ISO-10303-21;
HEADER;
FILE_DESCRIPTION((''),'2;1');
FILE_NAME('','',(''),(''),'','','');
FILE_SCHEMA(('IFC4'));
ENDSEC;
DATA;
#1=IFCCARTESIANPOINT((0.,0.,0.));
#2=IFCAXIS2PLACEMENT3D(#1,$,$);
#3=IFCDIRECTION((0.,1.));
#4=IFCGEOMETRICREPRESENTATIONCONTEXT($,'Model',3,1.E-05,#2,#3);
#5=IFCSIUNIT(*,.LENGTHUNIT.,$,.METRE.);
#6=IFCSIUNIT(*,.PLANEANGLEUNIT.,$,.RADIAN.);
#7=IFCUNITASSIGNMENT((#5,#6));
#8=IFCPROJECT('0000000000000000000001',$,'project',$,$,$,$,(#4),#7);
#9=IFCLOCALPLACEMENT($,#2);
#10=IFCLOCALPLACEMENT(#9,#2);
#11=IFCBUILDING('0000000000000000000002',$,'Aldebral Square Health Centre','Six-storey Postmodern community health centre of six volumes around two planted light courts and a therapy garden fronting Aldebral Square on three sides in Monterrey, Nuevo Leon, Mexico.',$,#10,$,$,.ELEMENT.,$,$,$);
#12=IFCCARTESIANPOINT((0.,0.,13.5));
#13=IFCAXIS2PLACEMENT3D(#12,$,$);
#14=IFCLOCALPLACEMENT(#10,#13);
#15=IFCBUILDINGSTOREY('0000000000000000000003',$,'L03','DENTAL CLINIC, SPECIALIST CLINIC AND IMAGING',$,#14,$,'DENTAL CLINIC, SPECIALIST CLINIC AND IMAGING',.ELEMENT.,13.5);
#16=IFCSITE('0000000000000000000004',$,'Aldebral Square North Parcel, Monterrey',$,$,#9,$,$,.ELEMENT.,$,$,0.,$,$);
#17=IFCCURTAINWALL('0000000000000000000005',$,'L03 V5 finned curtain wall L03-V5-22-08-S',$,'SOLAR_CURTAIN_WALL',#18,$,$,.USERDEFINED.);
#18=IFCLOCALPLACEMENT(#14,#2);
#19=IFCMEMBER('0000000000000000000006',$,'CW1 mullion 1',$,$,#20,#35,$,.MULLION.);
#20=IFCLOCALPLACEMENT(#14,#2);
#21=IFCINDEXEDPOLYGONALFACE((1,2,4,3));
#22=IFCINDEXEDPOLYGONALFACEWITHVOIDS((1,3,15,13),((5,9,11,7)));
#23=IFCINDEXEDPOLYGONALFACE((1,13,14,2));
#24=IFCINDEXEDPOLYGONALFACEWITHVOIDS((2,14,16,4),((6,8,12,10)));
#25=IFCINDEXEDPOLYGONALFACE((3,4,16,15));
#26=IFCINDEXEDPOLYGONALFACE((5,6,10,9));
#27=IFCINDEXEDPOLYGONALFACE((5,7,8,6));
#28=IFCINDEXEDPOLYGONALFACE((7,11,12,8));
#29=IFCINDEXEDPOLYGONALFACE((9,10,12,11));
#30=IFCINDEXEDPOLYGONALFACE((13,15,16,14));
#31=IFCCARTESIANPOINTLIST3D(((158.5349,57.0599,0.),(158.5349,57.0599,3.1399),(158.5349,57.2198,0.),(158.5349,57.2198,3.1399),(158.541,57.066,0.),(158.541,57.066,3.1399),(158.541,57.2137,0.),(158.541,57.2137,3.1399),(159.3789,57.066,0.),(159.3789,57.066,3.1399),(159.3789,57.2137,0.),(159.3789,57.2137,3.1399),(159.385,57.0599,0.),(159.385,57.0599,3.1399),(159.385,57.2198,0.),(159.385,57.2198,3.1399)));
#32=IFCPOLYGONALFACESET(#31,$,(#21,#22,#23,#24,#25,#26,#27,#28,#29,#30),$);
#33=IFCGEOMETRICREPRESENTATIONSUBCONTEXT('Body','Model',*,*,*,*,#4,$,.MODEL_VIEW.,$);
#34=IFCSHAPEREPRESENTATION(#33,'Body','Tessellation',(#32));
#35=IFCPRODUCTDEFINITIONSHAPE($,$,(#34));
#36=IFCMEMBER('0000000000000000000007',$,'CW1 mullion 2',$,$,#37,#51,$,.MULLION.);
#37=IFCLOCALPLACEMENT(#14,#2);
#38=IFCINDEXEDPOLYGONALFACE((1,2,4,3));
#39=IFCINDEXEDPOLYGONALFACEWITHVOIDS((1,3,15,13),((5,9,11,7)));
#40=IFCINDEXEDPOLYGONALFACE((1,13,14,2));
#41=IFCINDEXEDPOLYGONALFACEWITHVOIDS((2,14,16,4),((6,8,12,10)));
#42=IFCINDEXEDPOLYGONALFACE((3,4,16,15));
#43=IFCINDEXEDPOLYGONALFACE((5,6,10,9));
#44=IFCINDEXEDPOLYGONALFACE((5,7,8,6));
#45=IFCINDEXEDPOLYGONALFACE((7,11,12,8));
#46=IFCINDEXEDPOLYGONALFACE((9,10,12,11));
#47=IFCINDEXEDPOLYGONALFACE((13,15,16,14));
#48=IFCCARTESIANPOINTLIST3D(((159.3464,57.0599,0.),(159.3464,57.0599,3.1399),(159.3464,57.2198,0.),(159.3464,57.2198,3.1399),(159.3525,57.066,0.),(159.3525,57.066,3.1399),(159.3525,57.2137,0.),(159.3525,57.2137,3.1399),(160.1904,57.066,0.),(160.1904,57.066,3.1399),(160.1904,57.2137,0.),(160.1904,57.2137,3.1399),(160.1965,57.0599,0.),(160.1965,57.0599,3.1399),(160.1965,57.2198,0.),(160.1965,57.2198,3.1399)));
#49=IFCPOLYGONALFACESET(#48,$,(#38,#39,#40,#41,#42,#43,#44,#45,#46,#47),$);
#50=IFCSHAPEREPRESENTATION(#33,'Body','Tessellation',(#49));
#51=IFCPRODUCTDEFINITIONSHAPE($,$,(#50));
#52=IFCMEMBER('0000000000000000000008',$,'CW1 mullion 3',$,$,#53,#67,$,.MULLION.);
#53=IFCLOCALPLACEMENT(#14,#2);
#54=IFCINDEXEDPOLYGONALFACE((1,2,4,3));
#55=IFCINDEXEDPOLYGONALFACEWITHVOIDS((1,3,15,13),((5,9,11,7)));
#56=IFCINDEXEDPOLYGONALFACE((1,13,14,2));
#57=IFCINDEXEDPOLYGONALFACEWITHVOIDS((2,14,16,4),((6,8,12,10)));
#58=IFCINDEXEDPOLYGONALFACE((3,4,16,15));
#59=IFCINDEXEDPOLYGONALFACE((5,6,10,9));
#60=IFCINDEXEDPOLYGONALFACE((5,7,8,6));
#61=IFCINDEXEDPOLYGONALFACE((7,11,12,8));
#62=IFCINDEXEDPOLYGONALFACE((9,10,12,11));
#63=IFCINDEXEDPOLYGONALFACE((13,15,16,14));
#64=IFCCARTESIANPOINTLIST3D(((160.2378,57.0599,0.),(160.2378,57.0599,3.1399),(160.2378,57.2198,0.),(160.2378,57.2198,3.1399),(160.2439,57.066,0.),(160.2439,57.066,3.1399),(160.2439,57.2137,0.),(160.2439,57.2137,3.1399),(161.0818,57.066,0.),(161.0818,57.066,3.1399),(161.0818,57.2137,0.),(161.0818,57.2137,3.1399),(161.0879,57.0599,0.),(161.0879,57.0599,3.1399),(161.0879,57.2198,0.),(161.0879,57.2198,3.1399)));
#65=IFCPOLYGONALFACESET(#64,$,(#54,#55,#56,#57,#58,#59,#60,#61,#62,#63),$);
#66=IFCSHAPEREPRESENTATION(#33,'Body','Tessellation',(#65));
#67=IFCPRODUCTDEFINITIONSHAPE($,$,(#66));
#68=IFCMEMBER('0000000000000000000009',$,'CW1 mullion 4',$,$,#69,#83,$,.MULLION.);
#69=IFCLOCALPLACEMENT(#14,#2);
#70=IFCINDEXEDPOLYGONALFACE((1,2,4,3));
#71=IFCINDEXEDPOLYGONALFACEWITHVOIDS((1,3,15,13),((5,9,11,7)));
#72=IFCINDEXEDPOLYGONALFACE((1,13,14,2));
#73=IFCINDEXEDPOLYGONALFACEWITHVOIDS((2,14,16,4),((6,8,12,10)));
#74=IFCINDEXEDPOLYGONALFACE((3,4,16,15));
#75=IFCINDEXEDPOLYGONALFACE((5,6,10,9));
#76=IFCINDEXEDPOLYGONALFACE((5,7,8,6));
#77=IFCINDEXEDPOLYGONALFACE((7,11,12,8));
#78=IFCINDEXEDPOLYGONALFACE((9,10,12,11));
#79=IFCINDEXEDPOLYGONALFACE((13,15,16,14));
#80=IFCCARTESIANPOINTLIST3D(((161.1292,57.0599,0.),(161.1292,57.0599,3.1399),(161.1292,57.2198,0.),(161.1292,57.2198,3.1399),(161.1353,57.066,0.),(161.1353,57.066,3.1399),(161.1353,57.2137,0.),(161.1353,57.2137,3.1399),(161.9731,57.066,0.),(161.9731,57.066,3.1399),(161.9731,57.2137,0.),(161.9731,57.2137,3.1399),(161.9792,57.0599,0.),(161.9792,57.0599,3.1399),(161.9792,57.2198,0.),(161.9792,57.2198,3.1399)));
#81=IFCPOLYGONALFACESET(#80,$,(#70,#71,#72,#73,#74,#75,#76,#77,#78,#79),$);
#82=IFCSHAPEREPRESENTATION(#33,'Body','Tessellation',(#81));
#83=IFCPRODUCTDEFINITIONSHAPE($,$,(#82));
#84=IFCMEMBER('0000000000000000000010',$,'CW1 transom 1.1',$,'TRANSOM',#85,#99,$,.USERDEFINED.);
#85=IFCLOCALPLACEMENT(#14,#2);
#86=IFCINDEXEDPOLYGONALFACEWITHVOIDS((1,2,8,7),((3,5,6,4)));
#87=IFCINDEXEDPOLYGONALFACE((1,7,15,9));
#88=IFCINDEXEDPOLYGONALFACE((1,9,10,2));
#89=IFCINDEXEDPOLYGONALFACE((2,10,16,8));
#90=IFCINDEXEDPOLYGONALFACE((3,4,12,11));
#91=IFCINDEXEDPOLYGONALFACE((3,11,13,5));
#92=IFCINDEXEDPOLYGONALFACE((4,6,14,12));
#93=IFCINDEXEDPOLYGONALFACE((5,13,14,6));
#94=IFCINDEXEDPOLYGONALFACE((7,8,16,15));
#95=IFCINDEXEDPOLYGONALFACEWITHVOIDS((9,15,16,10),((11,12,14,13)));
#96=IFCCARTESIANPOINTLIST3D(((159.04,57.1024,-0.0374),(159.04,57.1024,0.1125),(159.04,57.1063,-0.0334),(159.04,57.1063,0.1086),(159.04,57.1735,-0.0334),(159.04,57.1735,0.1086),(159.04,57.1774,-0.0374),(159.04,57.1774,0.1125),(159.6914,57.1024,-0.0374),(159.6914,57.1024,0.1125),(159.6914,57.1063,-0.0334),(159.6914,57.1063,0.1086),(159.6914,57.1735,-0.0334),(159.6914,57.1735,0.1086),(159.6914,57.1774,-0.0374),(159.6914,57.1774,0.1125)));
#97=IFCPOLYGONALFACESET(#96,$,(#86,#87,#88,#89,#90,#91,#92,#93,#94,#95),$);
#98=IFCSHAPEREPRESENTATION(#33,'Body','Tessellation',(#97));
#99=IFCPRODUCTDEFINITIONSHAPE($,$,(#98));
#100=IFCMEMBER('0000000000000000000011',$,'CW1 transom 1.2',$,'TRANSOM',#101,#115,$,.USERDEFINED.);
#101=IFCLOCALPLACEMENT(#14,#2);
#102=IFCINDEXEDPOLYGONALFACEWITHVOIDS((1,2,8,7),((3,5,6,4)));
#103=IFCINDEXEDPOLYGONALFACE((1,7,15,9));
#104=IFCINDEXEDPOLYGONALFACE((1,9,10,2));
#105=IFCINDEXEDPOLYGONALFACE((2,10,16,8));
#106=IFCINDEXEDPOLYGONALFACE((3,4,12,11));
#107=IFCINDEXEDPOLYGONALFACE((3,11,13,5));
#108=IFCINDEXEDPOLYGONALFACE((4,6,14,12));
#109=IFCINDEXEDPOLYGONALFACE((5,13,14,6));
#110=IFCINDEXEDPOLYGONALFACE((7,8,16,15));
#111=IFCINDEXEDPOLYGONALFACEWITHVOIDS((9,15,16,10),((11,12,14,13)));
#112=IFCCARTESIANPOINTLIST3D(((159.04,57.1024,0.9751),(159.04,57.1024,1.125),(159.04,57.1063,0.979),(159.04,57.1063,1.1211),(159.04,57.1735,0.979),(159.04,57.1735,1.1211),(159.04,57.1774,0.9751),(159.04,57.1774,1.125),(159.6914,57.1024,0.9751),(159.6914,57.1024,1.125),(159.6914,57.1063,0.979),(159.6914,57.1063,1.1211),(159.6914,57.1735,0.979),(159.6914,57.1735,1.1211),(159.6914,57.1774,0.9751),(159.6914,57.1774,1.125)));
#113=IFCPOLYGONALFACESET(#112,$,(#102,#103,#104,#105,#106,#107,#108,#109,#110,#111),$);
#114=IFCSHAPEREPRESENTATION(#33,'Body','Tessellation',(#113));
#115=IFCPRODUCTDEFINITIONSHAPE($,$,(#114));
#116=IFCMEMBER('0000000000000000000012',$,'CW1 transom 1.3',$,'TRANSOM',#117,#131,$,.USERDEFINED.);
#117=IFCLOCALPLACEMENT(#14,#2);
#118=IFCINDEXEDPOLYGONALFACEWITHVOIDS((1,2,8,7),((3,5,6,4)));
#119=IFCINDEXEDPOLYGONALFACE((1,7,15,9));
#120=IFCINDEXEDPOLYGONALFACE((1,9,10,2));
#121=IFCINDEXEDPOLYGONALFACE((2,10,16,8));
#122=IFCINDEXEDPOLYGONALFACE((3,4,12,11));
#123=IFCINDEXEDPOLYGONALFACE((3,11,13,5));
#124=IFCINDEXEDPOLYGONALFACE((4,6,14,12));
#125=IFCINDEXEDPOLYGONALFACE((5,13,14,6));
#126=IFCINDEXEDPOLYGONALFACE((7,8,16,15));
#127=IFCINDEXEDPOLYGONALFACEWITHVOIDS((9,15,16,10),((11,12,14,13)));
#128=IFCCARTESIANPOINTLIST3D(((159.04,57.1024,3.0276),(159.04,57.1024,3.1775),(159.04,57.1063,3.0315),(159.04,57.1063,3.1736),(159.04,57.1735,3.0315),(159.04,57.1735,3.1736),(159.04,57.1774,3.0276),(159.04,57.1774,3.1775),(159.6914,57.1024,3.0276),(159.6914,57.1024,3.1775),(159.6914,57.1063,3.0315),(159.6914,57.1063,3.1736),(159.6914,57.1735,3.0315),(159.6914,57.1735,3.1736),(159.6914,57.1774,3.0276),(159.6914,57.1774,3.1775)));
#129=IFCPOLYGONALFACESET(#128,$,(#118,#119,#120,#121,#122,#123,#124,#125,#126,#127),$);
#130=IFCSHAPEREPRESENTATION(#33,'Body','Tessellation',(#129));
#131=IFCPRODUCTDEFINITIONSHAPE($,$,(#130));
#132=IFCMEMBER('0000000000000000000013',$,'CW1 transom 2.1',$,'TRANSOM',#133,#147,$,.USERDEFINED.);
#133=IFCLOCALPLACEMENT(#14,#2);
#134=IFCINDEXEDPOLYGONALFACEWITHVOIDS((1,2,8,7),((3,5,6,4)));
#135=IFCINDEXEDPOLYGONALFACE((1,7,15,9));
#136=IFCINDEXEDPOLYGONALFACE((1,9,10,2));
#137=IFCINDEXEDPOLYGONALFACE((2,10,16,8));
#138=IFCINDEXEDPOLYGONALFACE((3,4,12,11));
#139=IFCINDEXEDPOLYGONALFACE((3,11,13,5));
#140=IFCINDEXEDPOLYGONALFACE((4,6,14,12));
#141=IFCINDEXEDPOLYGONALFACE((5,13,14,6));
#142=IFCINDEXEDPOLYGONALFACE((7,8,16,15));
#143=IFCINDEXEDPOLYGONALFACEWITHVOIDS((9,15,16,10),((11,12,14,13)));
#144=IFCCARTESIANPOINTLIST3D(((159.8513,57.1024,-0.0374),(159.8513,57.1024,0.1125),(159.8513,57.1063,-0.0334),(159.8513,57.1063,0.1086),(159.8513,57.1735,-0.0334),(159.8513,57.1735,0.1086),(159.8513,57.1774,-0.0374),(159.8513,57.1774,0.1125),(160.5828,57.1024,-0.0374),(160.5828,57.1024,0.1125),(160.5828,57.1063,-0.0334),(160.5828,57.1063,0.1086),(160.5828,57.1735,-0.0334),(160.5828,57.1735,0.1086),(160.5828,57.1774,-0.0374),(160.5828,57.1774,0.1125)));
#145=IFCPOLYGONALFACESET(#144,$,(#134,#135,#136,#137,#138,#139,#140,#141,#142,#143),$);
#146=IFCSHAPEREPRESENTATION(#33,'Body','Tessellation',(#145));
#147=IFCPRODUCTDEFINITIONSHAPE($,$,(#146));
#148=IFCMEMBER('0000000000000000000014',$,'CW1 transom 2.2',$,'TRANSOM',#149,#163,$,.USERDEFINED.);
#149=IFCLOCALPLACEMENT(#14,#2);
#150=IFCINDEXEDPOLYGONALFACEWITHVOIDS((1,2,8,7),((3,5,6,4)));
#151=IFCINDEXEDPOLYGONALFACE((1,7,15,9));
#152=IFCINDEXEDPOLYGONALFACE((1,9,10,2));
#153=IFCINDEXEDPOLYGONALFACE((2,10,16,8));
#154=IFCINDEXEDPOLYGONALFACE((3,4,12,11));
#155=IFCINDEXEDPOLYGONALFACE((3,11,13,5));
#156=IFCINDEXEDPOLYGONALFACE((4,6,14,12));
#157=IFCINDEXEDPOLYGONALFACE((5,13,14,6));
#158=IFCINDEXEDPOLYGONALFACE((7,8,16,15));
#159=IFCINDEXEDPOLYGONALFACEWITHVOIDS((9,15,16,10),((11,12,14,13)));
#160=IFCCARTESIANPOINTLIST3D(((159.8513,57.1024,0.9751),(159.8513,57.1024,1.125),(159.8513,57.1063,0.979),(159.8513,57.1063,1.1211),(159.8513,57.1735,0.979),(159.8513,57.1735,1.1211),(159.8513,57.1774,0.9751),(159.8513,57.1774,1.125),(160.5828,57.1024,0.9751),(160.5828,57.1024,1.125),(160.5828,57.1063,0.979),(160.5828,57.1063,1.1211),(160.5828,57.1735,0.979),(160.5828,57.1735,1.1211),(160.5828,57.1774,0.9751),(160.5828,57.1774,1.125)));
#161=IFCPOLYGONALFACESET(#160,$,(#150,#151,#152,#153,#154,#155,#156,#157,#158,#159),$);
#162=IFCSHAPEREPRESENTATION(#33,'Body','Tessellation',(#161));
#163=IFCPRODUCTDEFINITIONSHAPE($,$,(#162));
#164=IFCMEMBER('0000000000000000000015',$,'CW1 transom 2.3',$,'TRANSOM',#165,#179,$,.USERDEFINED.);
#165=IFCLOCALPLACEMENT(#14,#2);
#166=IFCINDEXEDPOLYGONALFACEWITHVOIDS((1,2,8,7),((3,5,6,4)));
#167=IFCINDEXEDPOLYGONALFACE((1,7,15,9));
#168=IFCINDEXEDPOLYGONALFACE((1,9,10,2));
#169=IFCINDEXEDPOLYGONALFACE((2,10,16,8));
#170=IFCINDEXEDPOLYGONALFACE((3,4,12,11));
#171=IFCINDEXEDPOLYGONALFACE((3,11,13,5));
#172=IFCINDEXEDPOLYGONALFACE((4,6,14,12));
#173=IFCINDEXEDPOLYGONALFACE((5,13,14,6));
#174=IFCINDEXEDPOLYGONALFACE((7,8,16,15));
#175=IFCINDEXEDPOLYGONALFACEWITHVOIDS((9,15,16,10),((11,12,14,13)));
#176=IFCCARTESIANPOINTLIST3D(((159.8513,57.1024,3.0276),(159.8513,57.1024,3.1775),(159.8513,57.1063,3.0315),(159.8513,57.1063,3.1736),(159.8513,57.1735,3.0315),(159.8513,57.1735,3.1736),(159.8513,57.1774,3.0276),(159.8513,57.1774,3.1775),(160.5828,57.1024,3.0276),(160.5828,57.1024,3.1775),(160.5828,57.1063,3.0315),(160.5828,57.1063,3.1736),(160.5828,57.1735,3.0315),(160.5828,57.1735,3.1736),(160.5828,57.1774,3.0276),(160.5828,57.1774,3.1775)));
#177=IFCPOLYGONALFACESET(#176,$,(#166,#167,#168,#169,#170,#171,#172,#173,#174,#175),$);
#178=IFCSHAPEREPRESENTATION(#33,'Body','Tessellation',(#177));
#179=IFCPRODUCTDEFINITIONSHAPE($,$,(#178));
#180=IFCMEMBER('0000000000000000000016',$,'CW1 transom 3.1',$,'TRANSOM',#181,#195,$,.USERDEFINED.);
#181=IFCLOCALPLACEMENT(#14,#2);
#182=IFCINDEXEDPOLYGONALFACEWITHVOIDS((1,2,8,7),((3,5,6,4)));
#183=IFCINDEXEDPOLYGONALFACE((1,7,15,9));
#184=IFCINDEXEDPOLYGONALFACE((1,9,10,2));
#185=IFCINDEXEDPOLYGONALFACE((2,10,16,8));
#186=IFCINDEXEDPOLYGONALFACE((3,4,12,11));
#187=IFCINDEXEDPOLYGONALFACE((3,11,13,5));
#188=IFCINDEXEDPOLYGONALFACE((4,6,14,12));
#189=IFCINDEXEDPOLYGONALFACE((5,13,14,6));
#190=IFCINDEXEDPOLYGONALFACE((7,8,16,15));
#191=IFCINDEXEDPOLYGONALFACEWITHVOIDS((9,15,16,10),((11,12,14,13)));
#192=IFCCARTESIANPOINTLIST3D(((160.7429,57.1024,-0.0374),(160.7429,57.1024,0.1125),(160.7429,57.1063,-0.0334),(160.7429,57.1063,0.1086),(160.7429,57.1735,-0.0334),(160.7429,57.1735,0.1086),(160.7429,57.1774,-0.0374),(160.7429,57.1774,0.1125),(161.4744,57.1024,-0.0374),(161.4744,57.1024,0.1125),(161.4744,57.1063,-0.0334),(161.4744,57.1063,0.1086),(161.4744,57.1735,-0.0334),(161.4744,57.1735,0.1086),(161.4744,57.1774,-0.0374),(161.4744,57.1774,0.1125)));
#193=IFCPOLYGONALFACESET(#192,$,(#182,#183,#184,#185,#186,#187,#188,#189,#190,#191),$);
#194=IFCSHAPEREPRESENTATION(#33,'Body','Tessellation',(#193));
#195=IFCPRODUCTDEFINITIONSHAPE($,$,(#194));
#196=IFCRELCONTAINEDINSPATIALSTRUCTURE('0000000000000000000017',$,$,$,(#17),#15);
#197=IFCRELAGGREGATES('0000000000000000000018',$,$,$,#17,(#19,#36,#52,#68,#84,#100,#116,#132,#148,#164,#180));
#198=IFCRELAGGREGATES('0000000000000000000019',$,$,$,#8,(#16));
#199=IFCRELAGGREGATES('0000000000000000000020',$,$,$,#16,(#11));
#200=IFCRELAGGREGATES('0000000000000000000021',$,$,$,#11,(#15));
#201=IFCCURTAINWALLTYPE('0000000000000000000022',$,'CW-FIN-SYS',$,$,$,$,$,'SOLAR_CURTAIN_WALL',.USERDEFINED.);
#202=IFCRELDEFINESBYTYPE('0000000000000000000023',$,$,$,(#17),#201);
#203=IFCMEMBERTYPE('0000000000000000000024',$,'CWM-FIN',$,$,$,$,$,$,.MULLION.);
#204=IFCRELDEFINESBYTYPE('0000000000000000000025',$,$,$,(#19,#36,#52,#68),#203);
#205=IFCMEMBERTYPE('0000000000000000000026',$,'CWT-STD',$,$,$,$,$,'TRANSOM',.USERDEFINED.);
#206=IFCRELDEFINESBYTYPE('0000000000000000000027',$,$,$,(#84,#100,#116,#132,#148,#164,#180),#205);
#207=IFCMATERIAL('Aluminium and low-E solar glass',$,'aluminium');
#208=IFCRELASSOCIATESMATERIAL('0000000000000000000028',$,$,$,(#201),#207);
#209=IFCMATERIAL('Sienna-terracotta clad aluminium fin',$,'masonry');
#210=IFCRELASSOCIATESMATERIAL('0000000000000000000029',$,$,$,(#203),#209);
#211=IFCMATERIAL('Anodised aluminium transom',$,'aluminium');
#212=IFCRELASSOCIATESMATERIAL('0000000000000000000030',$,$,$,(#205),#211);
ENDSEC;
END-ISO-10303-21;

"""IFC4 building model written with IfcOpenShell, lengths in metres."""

from ifc_helpers import new_model, si_unit, direction, frame, origin, origin_2d, place, context, subcontext, project, spatial, hollow_rectangle, extrude, material, material_profile, profile_set, type_object, element, aggregate, save


model = new_model("IFC4")

# Units and contexts
model_context = context("Model", 3, precision=1e-05, world=origin(), true_north=direction((0.0, 1.0)))
body_context = subcontext(model_context, "Body", "Model", "MODEL_VIEW")
ifc_project = project(units=[si_unit("LENGTHUNIT", "METRE"), si_unit("PLANEANGLEUNIT", "RADIAN")], contexts=[model_context])

# Site, building, storey
site_placement = place(None, origin())
site = spatial("IfcSite", under=ifc_project, at=site_placement, Name="Aldebral Square North Parcel, Monterrey", CompositionType="ELEMENT", RefElevation=0.0)
building_placement = place(site_placement, origin())
building = spatial("IfcBuilding", under=site, at=building_placement, Name="Aldebral Square Health Centre", Description="Six-storey Postmodern community health centre of six volumes around two planted light courts and a therapy garden fronting Aldebral Square on three sides in Monterrey, Nuevo Leon, Mexico.", CompositionType="ELEMENT")
storey_placement = place(building_placement, frame((0.0, 0.0, 13.5)))
storey = spatial("IfcBuildingStorey", under=building, at=storey_placement, Name="L03", Description="DENTAL CLINIC, SPECIALIST CLINIC AND IMAGING", LongName="DENTAL CLINIC, SPECIALIST CLINIC AND IMAGING", CompositionType="ELEMENT", Elevation=13.5)

# Curtain wall, members
ifc_material_1 = material(Name="Aluminium and low-E solar glass", Category="aluminium")
curtain_wall_type = type_object("IfcCurtainWallType", Name="CW-FIN-SYS", ElementType="SOLAR_CURTAIN_WALL", PredefinedType="USERDEFINED", material=ifc_material_1)
curtain_wall_placement = place(storey_placement, origin())
curtain_wall = element("IfcCurtainWall", 1, at=curtain_wall_placement, inside=storey, type_object=curtain_wall_type, Name="L03 V5 finned curtain wall L03-V5-22-08-S", ObjectType="SOLAR_CURTAIN_WALL", PredefinedType="USERDEFINED")
ifc_material_2 = material(Name="Sienna-terracotta clad aluminium fin", Category="masonry")
ifc_material_profile_1 = material_profile(ifc_material_2, hollow_rectangle(XDim=0.1599, YDim=0.8501, WallThickness=0.0061, at=origin_2d()), Name="FIN 160x850x6")
ifc_profile_set_1 = profile_set([ifc_material_profile_1], Name="Sienna-terracotta clad aluminium fin")
member_type_1 = type_object("IfcMemberType", Name="CWM-FIN", PredefinedType="MULLION", material=ifc_profile_set_1)
member_1_placement = place(storey_placement, frame((158.96, 57.1399, 0.0), z_axis=(0.0, 0.0, 1.0), x_axis=(0.0, 1.0, 0.0)))
member_1 = element("IfcMember", 2, at=member_1_placement, type_object=member_type_1, Name="CW1 mullion 1", PredefinedType="MULLION", context=body_context, shape_type="SweptSolid", body=[
    extrude(hollow_rectangle(XDim=0.1599, YDim=0.8501, WallThickness=0.0061, at=origin_2d()), origin(), (0.0, 0.0, 1.0), 3.1399),
])
member_2_placement = place(storey_placement, frame((159.7715, 57.1399, 0.0), z_axis=(0.0, 0.0, 1.0), x_axis=(0.0, 1.0, 0.0)))
member_2 = element("IfcMember", 3, at=member_2_placement, type_object=member_type_1, Name="CW1 mullion 2", PredefinedType="MULLION", context=body_context, shape_type="SweptSolid", body=[
    extrude(hollow_rectangle(XDim=0.1599, YDim=0.8501, WallThickness=0.0061, at=origin_2d()), origin(), (0.0, 0.0, 1.0), 3.1399),
])
member_3_placement = place(storey_placement, frame((160.6628, 57.1399, 0.0), z_axis=(0.0, 0.0, 1.0), x_axis=(0.0, 1.0, 0.0)))
member_3 = element("IfcMember", 4, at=member_3_placement, type_object=member_type_1, Name="CW1 mullion 3", PredefinedType="MULLION", context=body_context, shape_type="SweptSolid", body=[
    extrude(hollow_rectangle(XDim=0.1599, YDim=0.8501, WallThickness=0.0061, at=origin_2d()), origin(), (0.0, 0.0, 1.0), 3.1399),
])
member_4_placement = place(storey_placement, frame((161.5542, 57.1399, 0.0), z_axis=(0.0, 0.0, 1.0), x_axis=(0.0, 1.0, 0.0)))
member_4 = element("IfcMember", 5, at=member_4_placement, type_object=member_type_1, Name="CW1 mullion 4", PredefinedType="MULLION", context=body_context, shape_type="SweptSolid", body=[
    extrude(hollow_rectangle(XDim=0.1599, YDim=0.8501, WallThickness=0.0061, at=origin_2d()), origin(), (0.0, 0.0, 1.0), 3.1399),
])
ifc_material_3 = material(Name="Anodised aluminium transom", Category="aluminium")
ifc_material_profile_2 = material_profile(ifc_material_3, hollow_rectangle(XDim=0.075, YDim=0.1499, WallThickness=0.0039, at=origin_2d()), Name="CWT 75x150x4")
ifc_profile_set_2 = profile_set([ifc_material_profile_2], Name="Anodised aluminium transom")
member_type_2 = type_object("IfcMemberType", Name="CWT-STD", ElementType="TRANSOM", PredefinedType="USERDEFINED", material=ifc_profile_set_2)
member_5_placement = place(storey_placement, frame((159.04, 57.1399, 0.0376), z_axis=(1.0, 0.0, 0.0), x_axis=(0.0, 1.0, 0.0)))
member_5 = element("IfcMember", 6, at=member_5_placement, type_object=member_type_2, Name="CW1 transom 1.1", ObjectType="TRANSOM", PredefinedType="USERDEFINED", context=body_context, shape_type="SweptSolid", body=[
    extrude(hollow_rectangle(XDim=0.075, YDim=0.1499, WallThickness=0.0039, at=origin_2d()), origin(), (0.0, 0.0, 1.0), 0.6514),
])
member_6_placement = place(storey_placement, frame((159.04, 57.1399, 1.05), z_axis=(1.0, 0.0, 0.0), x_axis=(0.0, 1.0, 0.0)))
member_6 = element("IfcMember", 7, at=member_6_placement, type_object=member_type_2, Name="CW1 transom 1.2", ObjectType="TRANSOM", PredefinedType="USERDEFINED", context=body_context, shape_type="SweptSolid", body=[
    extrude(hollow_rectangle(XDim=0.075, YDim=0.1499, WallThickness=0.0039, at=origin_2d()), origin(), (0.0, 0.0, 1.0), 0.6514),
])
member_7_placement = place(storey_placement, frame((159.04, 57.1399, 3.1025), z_axis=(1.0, 0.0, 0.0), x_axis=(0.0, 1.0, 0.0)))
member_7 = element("IfcMember", 8, at=member_7_placement, type_object=member_type_2, Name="CW1 transom 1.3", ObjectType="TRANSOM", PredefinedType="USERDEFINED", context=body_context, shape_type="SweptSolid", body=[
    extrude(hollow_rectangle(XDim=0.075, YDim=0.1499, WallThickness=0.0039, at=origin_2d()), origin(), (0.0, 0.0, 1.0), 0.6514),
])
member_8_placement = place(storey_placement, frame((159.8513, 57.1399, 0.0376), z_axis=(1.0, 0.0, 0.0), x_axis=(0.0, 1.0, 0.0)))
member_8 = element("IfcMember", 9, at=member_8_placement, type_object=member_type_2, Name="CW1 transom 2.1", ObjectType="TRANSOM", PredefinedType="USERDEFINED", context=body_context, shape_type="SweptSolid", body=[
    extrude(hollow_rectangle(XDim=0.075, YDim=0.1499, WallThickness=0.0039, at=origin_2d()), origin(), (0.0, 0.0, 1.0), 0.7314),
])
member_9_placement = place(storey_placement, frame((159.8513, 57.1399, 1.05), z_axis=(1.0, 0.0, 0.0), x_axis=(0.0, 1.0, 0.0)))
member_9 = element("IfcMember", 10, at=member_9_placement, type_object=member_type_2, Name="CW1 transom 2.2", ObjectType="TRANSOM", PredefinedType="USERDEFINED", context=body_context, shape_type="SweptSolid", body=[
    extrude(hollow_rectangle(XDim=0.075, YDim=0.1499, WallThickness=0.0039, at=origin_2d()), origin(), (0.0, 0.0, 1.0), 0.7314),
])
member_10_placement = place(storey_placement, frame((159.8513, 57.1399, 3.1025), z_axis=(1.0, 0.0, 0.0), x_axis=(0.0, 1.0, 0.0)))
member_10 = element("IfcMember", 11, at=member_10_placement, type_object=member_type_2, Name="CW1 transom 2.3", ObjectType="TRANSOM", PredefinedType="USERDEFINED", context=body_context, shape_type="SweptSolid", body=[
    extrude(hollow_rectangle(XDim=0.075, YDim=0.1499, WallThickness=0.0039, at=origin_2d()), origin(), (0.0, 0.0, 1.0), 0.7314),
])
member_11_placement = place(storey_placement, frame((160.7429, 57.1399, 0.0376), z_axis=(1.0, 0.0, 0.0), x_axis=(0.0, 1.0, 0.0)))
member_11 = element("IfcMember", 12, at=member_11_placement, type_object=member_type_2, Name="CW1 transom 3.1", ObjectType="TRANSOM", PredefinedType="USERDEFINED", context=body_context, shape_type="SweptSolid", body=[
    extrude(hollow_rectangle(XDim=0.075, YDim=0.1499, WallThickness=0.0039, at=origin_2d()), origin(), (0.0, 0.0, 1.0), 0.7314),
])
aggregate(curtain_wall, [member_1, member_2, member_3, member_4, member_5, member_6, member_7, member_8, member_9, member_10, member_11])

save(model, "model.ifc")
